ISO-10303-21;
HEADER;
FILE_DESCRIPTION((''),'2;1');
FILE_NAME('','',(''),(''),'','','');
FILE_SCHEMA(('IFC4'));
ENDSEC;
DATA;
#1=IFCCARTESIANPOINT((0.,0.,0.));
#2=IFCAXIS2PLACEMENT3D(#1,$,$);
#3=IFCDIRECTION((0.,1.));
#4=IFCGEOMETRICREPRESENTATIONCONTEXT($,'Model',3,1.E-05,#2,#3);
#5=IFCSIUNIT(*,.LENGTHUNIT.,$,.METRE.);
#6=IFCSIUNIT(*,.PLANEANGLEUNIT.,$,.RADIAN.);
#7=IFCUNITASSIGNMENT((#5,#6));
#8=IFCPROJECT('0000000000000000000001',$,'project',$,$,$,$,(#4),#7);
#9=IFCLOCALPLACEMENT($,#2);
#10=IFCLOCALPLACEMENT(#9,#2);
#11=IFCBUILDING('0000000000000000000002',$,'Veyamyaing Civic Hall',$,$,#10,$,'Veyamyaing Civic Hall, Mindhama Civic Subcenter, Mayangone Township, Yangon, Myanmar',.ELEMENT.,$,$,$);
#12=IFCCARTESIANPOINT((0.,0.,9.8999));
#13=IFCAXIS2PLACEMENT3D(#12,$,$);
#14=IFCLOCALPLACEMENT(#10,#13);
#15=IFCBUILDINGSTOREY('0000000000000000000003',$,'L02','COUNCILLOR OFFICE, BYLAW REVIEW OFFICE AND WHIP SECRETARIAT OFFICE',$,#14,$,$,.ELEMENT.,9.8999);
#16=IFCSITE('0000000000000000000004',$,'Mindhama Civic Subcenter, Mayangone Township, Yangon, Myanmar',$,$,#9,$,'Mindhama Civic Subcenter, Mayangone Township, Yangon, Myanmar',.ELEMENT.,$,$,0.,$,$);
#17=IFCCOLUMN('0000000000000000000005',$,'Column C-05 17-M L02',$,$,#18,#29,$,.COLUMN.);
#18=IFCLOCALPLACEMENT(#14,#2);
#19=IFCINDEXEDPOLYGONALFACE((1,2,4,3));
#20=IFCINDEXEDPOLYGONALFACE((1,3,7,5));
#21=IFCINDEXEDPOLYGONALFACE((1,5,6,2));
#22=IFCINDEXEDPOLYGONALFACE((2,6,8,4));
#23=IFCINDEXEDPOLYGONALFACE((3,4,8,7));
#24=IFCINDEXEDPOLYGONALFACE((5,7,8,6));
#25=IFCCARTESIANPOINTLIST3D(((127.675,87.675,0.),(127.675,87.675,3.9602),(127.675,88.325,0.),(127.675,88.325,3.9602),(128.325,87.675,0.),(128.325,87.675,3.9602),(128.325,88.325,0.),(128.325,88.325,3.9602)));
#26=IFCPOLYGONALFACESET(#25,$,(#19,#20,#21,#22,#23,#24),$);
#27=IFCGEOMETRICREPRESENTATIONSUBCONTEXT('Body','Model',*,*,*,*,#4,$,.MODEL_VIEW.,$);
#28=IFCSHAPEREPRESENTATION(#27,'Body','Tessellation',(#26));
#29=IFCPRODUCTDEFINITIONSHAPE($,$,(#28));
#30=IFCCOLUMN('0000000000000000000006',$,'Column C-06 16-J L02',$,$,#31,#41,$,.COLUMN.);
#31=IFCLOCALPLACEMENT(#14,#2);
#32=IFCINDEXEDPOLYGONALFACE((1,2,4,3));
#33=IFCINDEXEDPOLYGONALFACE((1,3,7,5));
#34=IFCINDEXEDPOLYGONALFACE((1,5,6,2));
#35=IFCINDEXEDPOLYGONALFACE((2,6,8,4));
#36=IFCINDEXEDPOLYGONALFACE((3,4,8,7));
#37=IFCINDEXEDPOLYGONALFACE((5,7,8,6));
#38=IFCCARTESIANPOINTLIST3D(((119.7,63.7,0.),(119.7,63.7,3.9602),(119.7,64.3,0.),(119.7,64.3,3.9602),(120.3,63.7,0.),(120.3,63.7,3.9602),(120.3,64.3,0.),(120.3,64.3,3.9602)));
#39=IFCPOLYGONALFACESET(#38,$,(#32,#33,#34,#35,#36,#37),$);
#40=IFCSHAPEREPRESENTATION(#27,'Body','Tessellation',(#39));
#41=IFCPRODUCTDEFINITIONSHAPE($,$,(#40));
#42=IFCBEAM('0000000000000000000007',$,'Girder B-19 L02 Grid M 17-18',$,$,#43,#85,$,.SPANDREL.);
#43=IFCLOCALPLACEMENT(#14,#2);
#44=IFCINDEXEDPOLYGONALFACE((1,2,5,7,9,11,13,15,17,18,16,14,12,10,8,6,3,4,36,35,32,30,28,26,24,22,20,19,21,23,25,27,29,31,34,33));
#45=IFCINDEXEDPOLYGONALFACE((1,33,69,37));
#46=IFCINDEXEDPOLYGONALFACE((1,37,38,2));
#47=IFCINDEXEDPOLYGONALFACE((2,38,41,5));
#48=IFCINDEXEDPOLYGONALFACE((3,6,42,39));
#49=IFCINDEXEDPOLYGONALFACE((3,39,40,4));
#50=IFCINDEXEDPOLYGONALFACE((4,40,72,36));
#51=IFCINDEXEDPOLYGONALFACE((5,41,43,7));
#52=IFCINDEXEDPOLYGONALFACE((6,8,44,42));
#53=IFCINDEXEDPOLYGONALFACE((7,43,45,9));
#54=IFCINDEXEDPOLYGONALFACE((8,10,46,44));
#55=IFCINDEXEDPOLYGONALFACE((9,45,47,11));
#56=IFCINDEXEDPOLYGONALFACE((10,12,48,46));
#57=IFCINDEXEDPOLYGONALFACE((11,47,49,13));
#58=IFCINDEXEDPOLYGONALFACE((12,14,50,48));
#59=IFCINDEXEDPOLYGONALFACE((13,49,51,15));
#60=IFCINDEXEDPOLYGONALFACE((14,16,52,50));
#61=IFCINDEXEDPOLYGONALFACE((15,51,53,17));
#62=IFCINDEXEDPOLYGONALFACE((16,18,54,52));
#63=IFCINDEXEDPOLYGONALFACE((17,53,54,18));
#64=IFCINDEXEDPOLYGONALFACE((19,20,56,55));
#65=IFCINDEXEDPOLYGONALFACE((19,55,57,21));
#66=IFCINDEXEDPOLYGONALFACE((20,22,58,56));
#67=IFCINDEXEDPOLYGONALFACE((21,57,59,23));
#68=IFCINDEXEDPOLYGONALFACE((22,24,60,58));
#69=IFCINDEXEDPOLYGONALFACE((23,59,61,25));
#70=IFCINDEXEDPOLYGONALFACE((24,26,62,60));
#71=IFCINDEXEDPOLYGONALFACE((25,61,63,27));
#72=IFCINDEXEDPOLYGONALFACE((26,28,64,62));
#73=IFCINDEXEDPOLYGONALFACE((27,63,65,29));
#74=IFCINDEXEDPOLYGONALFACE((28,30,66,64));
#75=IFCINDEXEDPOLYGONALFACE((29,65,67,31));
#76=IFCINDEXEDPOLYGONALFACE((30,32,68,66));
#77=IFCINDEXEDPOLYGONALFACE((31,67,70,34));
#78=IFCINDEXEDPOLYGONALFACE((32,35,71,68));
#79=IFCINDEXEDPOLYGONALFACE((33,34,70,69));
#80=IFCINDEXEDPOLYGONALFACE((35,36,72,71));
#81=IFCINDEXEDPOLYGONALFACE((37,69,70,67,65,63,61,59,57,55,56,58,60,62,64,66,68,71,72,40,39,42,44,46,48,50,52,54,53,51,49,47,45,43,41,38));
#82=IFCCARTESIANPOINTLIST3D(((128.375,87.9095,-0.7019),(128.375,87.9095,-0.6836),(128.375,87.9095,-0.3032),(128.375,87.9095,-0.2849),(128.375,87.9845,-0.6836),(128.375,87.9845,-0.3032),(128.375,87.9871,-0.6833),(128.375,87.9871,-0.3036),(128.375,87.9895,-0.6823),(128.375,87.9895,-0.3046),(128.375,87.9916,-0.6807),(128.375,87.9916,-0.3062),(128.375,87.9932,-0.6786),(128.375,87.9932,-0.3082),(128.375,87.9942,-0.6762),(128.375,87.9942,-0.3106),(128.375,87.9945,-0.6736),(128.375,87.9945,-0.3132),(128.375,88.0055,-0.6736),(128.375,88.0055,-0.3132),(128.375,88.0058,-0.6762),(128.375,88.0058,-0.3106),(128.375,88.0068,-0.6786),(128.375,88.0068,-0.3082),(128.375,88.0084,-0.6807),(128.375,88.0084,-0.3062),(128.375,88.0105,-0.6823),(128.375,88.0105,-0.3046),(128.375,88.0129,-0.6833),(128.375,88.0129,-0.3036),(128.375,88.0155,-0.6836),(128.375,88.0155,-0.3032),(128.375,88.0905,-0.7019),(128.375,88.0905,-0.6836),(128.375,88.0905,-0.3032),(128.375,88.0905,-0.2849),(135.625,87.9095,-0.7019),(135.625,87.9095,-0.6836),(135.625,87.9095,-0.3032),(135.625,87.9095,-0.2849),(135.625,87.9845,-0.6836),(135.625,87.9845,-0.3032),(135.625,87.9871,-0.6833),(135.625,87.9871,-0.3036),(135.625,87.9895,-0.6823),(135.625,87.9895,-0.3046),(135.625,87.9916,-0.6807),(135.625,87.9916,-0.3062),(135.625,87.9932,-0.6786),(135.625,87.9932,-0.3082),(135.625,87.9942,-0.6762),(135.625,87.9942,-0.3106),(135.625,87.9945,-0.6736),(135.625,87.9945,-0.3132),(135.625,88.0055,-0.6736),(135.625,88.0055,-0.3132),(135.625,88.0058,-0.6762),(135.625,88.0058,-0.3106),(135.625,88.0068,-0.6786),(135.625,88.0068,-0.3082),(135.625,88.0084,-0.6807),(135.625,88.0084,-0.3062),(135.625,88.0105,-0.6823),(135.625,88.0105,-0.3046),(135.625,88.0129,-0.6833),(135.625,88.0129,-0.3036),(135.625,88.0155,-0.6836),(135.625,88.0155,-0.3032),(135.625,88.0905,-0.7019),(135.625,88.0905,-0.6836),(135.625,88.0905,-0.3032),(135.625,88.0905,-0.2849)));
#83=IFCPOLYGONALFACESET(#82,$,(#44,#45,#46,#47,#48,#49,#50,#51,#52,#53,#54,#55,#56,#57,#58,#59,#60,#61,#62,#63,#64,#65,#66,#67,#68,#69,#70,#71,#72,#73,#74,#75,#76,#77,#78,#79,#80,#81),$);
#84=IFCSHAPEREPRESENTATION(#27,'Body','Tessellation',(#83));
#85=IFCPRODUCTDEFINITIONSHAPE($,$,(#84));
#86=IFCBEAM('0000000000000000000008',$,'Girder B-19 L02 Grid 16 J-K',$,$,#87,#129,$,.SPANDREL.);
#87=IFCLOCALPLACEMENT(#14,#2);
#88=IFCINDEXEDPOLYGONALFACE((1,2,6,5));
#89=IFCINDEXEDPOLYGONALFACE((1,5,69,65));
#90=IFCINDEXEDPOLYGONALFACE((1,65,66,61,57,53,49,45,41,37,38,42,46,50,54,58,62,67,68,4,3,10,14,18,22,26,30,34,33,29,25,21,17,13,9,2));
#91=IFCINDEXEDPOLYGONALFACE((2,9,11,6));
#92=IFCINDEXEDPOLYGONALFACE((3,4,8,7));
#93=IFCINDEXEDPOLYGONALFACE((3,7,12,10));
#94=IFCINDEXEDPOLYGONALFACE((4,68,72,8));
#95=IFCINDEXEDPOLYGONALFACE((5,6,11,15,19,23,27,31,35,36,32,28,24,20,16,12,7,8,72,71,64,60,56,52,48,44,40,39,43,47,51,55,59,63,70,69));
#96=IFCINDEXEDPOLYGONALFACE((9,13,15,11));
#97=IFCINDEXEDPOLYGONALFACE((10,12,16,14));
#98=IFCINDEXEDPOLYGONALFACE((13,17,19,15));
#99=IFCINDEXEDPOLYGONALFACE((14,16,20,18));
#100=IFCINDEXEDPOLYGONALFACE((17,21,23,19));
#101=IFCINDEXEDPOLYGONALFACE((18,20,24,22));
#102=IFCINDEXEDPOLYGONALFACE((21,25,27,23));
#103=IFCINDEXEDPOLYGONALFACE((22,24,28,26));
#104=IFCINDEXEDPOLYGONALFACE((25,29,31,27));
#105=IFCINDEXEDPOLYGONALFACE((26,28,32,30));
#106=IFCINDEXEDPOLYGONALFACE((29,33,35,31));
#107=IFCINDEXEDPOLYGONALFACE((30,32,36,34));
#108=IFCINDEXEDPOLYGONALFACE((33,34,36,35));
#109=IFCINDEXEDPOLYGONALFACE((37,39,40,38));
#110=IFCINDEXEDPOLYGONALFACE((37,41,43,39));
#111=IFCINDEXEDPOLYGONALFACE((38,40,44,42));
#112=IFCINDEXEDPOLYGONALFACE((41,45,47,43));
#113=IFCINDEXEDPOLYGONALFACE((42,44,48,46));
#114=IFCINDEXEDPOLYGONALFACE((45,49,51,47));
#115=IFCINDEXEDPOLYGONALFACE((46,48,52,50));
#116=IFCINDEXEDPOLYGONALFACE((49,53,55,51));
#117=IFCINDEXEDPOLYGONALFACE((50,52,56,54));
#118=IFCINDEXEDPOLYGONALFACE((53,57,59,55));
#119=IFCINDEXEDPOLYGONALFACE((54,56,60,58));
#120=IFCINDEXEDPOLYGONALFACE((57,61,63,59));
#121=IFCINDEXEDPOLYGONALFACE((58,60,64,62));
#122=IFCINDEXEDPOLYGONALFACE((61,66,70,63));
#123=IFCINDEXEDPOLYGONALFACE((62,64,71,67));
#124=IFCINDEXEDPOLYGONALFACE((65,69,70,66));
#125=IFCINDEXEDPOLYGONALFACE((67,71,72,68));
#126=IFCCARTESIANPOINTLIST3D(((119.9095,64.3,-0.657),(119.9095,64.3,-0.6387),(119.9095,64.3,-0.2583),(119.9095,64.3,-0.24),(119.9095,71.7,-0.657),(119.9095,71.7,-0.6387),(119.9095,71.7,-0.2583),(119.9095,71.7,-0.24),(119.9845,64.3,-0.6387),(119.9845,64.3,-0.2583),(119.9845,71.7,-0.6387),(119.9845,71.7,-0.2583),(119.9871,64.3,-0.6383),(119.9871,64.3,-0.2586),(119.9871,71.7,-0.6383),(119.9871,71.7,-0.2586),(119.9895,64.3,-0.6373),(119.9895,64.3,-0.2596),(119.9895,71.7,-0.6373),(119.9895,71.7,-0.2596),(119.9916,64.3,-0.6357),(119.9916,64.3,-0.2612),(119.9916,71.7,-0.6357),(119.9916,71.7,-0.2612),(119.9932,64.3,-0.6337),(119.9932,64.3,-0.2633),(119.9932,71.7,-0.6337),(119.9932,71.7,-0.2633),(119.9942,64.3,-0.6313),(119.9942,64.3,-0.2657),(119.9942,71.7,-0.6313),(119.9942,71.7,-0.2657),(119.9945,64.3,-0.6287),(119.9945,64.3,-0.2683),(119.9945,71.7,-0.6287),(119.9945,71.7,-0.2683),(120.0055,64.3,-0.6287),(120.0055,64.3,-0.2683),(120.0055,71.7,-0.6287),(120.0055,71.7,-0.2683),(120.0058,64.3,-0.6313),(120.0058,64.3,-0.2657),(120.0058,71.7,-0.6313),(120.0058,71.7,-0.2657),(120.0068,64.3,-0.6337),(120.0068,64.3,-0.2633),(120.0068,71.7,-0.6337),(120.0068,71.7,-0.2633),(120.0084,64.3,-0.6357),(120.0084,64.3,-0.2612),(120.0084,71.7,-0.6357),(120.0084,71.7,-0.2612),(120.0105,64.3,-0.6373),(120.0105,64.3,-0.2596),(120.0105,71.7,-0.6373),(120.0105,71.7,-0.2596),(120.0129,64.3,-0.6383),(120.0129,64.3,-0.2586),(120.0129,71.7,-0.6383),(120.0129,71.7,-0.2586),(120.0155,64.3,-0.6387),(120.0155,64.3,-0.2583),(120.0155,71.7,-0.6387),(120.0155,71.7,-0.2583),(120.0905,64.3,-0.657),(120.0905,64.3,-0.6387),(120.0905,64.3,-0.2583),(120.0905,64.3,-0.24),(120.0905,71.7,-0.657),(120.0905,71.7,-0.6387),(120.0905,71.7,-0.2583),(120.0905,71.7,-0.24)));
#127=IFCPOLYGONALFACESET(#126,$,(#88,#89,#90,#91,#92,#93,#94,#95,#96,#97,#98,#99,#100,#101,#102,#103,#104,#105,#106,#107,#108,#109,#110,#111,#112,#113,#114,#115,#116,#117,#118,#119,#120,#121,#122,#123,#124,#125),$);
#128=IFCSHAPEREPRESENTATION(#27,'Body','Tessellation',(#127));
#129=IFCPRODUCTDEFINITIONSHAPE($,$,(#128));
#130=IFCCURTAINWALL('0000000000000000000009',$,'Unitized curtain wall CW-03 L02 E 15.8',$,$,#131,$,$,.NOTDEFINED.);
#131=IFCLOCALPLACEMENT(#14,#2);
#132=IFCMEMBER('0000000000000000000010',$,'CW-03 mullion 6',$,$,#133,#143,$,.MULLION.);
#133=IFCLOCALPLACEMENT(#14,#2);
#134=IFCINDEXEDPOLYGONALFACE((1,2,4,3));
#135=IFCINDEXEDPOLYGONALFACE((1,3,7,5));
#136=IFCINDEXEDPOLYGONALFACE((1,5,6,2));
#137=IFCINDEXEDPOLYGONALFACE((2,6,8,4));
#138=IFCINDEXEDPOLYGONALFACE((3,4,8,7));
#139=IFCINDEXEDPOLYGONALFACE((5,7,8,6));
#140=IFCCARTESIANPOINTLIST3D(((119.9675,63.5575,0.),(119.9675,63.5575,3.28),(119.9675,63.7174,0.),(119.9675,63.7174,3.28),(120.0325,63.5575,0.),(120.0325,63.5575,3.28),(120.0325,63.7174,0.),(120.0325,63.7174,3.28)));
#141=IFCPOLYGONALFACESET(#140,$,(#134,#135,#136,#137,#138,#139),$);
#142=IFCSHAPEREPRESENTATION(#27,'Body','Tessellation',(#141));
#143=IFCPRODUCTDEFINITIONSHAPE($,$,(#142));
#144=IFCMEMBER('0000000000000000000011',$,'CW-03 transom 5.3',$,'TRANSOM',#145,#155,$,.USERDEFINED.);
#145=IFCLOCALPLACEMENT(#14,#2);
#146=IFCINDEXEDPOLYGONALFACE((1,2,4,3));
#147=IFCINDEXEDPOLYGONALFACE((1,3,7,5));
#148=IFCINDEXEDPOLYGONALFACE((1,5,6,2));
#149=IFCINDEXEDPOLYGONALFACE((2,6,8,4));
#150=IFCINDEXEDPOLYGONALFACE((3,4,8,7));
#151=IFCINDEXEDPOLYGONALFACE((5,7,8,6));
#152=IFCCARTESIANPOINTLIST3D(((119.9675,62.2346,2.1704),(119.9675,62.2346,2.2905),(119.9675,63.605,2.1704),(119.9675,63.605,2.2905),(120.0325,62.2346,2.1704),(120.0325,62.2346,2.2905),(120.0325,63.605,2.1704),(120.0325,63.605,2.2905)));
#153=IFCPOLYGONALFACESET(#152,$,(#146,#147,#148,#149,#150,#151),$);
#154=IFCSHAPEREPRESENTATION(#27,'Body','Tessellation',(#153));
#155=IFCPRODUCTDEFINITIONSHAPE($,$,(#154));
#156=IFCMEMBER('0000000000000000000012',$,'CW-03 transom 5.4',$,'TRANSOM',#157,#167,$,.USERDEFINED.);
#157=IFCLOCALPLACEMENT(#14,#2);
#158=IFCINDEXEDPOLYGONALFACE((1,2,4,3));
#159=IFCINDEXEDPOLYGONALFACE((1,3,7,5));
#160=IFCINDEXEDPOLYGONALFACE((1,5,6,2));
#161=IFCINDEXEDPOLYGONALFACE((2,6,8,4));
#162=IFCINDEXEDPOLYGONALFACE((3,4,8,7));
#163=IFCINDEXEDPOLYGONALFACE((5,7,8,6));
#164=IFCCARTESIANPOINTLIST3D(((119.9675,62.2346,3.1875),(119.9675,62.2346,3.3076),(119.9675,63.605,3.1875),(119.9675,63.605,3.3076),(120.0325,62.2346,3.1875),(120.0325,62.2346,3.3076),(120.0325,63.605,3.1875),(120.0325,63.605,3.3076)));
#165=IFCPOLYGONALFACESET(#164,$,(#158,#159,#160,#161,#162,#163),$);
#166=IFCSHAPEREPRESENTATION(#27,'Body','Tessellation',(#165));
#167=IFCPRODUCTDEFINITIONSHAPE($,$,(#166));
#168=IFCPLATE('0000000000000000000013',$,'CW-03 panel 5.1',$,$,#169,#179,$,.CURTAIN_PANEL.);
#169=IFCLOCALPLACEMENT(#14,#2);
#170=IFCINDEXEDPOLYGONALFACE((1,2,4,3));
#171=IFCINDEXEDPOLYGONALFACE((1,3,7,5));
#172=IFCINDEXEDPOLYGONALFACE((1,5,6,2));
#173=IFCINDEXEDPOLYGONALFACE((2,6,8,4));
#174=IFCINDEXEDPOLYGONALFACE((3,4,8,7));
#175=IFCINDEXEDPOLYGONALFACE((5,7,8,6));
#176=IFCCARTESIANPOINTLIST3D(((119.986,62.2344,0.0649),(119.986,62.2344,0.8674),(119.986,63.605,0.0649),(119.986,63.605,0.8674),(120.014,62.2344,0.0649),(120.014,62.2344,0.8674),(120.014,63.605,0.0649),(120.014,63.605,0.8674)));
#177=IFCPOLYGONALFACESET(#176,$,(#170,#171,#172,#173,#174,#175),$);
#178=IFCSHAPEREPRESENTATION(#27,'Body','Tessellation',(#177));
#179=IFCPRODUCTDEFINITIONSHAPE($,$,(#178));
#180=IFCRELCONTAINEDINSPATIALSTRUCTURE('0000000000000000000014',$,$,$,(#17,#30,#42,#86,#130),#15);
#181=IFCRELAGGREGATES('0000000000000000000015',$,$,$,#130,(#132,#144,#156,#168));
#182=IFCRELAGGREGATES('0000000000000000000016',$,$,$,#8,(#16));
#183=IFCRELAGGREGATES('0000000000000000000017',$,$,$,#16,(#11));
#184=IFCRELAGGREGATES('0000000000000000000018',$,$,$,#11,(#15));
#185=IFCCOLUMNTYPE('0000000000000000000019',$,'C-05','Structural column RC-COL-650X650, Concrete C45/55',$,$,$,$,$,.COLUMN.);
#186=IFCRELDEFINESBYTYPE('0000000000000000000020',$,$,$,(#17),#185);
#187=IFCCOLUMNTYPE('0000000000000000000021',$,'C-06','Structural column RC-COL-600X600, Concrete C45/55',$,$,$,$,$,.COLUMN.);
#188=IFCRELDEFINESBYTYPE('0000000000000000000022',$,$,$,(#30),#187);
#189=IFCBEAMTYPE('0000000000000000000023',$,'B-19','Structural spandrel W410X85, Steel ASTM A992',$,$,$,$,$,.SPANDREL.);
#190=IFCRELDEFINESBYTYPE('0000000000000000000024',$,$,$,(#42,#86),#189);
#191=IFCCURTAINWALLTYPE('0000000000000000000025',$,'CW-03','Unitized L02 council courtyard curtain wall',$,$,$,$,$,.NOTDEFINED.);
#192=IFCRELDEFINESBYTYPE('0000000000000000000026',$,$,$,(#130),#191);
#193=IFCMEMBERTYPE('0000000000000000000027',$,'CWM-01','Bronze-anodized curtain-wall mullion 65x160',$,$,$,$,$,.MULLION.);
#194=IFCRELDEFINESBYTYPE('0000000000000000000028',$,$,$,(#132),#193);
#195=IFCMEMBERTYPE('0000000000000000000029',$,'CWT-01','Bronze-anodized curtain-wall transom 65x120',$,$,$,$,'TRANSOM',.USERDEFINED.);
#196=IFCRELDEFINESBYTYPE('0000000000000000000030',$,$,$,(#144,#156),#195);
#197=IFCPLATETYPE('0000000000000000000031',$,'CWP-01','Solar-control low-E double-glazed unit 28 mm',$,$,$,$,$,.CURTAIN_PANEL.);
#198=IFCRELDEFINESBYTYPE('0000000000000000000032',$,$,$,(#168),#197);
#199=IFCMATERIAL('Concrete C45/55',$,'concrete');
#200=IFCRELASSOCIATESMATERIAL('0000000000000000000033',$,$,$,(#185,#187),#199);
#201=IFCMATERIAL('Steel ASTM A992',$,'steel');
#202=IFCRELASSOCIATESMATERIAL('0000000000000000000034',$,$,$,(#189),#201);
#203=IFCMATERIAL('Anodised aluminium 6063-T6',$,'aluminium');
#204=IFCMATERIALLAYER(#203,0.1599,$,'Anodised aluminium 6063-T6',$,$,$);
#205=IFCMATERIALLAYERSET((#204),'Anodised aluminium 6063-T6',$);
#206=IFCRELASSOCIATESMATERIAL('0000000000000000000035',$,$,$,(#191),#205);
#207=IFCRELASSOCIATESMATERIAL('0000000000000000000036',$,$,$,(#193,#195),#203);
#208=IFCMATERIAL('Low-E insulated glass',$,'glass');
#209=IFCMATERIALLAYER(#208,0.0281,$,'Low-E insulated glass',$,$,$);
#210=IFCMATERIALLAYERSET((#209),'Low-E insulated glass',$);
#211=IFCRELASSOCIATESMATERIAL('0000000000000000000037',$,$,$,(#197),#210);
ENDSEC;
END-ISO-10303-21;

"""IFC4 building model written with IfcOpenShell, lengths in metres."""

from ifc_helpers import new_model, si_unit, direction, frame, origin, origin_2d, place, context, subcontext, project, spatial, rectangle, i_section, extrude, material, layer, layer_set, material_profile, profile_set, type_object, element, aggregate, save


model = new_model("IFC4")

# Units and contexts
model_context = context("Model", 3, precision=1e-05, world=origin(), true_north=direction((0.0, 1.0)))
body_context = subcontext(model_context, "Body", "Model", "MODEL_VIEW")
ifc_project = project(units=[si_unit("LENGTHUNIT", "METRE"), si_unit("PLANEANGLEUNIT", "RADIAN")], contexts=[model_context])

# Site, building, storey
site_placement = place(None, origin())
site = spatial("IfcSite", under=ifc_project, at=site_placement, Name="Mindhama Civic Subcenter, Mayangone Township, Yangon, Myanmar", LongName="Mindhama Civic Subcenter, Mayangone Township, Yangon, Myanmar", CompositionType="ELEMENT", RefElevation=0.0)
building_placement = place(site_placement, origin())
building = spatial("IfcBuilding", under=site, at=building_placement, Name="Veyamyaing Civic Hall", LongName="Veyamyaing Civic Hall, Mindhama Civic Subcenter, Mayangone Township, Yangon, Myanmar", CompositionType="ELEMENT")
storey_placement = place(building_placement, frame((0.0, 0.0, 9.8999)))
storey = spatial("IfcBuildingStorey", under=building, at=storey_placement, Name="L02", Description="COUNCILLOR OFFICE, BYLAW REVIEW OFFICE AND WHIP SECRETARIAT OFFICE", CompositionType="ELEMENT", Elevation=9.8999)

# Columns
ifc_material_1 = material(Name="Concrete C45/55", Category="concrete")
ifc_material_profile_1 = material_profile(ifc_material_1, rectangle(XDim=0.6499, YDim=0.6499, at=origin_2d()), Name="RC-COL-650X650")
ifc_profile_set_1 = profile_set([ifc_material_profile_1], Name="Concrete C45/55")
column_type_1 = type_object("IfcColumnType", Name="C-05", Description="Structural column RC-COL-650X650, Concrete C45/55", PredefinedType="COLUMN", material=ifc_profile_set_1)
column_1_placement = place(storey_placement, frame((128.0, 88.0, 0.0), z_axis=(0.0, 0.0, 1.0), x_axis=(1.0, 0.0, 0.0)))
element("IfcColumn", 1, at=column_1_placement, inside=storey, type_object=column_type_1, Name="Column C-05 17-M L02", PredefinedType="COLUMN", context=body_context, shape_type="SweptSolid", body=[
    extrude(rectangle(XDim=0.6499, YDim=0.6499, at=origin_2d()), origin(), (0.0, 0.0, 1.0), 3.9602),
])
ifc_material_profile_2 = material_profile(ifc_material_1, rectangle(XDim=0.6001, YDim=0.6001, at=origin_2d()), Name="RC-COL-600X600")
ifc_profile_set_2 = profile_set([ifc_material_profile_2], Name="Concrete C45/55")
column_type_2 = type_object("IfcColumnType", Name="C-06", Description="Structural column RC-COL-600X600, Concrete C45/55", PredefinedType="COLUMN", material=ifc_profile_set_2)
column_2_placement = place(storey_placement, frame((120.0, 64.0, 0.0), z_axis=(0.0, 0.0, 1.0), x_axis=(1.0, 0.0, 0.0)))
element("IfcColumn", 2, at=column_2_placement, inside=storey, type_object=column_type_2, Name="Column C-06 16-J L02", PredefinedType="COLUMN", context=body_context, shape_type="SweptSolid", body=[
    extrude(rectangle(XDim=0.6001, YDim=0.6001, at=origin_2d()), origin(), (0.0, 0.0, 1.0), 3.9602),
])

# Beams
ifc_material_2 = material(Name="Steel ASTM A992", Category="steel")
ifc_material_profile_3 = material_profile(ifc_material_2, i_section(OverallWidth=0.1809, OverallDepth=0.417, WebThickness=0.011, FlangeThickness=0.0183, FilletRadius=0.01, at=origin_2d()), Name="W410X85")
ifc_profile_set_3 = profile_set([ifc_material_profile_3], Name="Steel ASTM A992")
beam_type = type_object("IfcBeamType", Name="B-19", Description="Structural spandrel W410X85, Steel ASTM A992", PredefinedType="SPANDREL", material=ifc_profile_set_3)
beam_1_placement = place(storey_placement, frame((128.375, 88.0, -0.4934), z_axis=(1.0, 0.0, 0.0), x_axis=(0.0, 1.0, 0.0)))
element("IfcBeam", 3, at=beam_1_placement, inside=storey, type_object=beam_type, Name="Girder B-19 L02 Grid M 17-18", PredefinedType="SPANDREL", context=body_context, shape_type="SweptSolid", body=[
    extrude(i_section(OverallWidth=0.1809, OverallDepth=0.417, WebThickness=0.011, FlangeThickness=0.0183, FilletRadius=0.01, at=origin_2d()), origin(), (0.0, 0.0, 1.0), 7.25),
])
beam_2_placement = place(storey_placement, frame((120.0, 64.3, -0.4485), z_axis=(0.0, 1.0, 0.0), x_axis=(-1.0, 0.0, 0.0)))
element("IfcBeam", 4, at=beam_2_placement, inside=storey, type_object=beam_type, Name="Girder B-19 L02 Grid 16 J-K", PredefinedType="SPANDREL", context=body_context, shape_type="SweptSolid", body=[
    extrude(i_section(OverallWidth=0.1809, OverallDepth=0.417, WebThickness=0.011, FlangeThickness=0.0183, FilletRadius=0.01, at=origin_2d()), origin(), (0.0, 0.0, 1.0), 7.3999),
])

# Curtain wall, members, plate
ifc_material_3 = material(Name="Anodised aluminium 6063-T6", Category="aluminium")
ifc_layer_1 = layer(ifc_material_3, 0.1599, Name="Anodised aluminium 6063-T6")
ifc_layer_set_1 = layer_set([ifc_layer_1], Name="Anodised aluminium 6063-T6")
curtain_wall_type = type_object("IfcCurtainWallType", Name="CW-03", Description="Unitized L02 council courtyard curtain wall", PredefinedType="NOTDEFINED", material=ifc_layer_set_1)
curtain_wall_placement = place(storey_placement, origin())
curtain_wall = element("IfcCurtainWall", 5, at=curtain_wall_placement, inside=storey, type_object=curtain_wall_type, Name="Unitized curtain wall CW-03 L02 E 15.8", PredefinedType="NOTDEFINED")
ifc_material_profile_4 = material_profile(ifc_material_3, rectangle(XDim=0.0649, YDim=0.1599, at=origin_2d()), Name="ALU-MUL-65X160")
ifc_profile_set_4 = profile_set([ifc_material_profile_4], Name="Anodised aluminium 6063-T6")
member_type_1 = type_object("IfcMemberType", Name="CWM-01", Description="Bronze-anodized curtain-wall mullion 65x160", PredefinedType="MULLION", material=ifc_profile_set_4)
member_1_placement = place(storey_placement, frame((120.0, 63.6375, 0.0), z_axis=(0.0, 0.0, 1.0), x_axis=(-1.0, 0.0, 0.0)))
member_1 = element("IfcMember", 6, at=member_1_placement, type_object=member_type_1, Name="CW-03 mullion 6", PredefinedType="MULLION", context=body_context, shape_type="SweptSolid", body=[
    extrude(rectangle(XDim=0.0649, YDim=0.1599, at=origin_2d()), origin(), (0.0, 0.0, 1.0), 3.28),
])
ifc_material_profile_5 = material_profile(ifc_material_3, rectangle(XDim=0.0649, YDim=0.1201, at=origin_2d()), Name="ALU-TRN-65X120")
ifc_profile_set_5 = profile_set([ifc_material_profile_5], Name="Anodised aluminium 6063-T6")
member_type_2 = type_object("IfcMemberType", Name="CWT-01", Description="Bronze-anodized curtain-wall transom 65x120", ElementType="TRANSOM", PredefinedType="USERDEFINED", material=ifc_profile_set_5)
member_2_placement = place(storey_placement, frame((120.0, 62.2346, 2.2305), z_axis=(0.0, 1.0, 0.0), x_axis=(-1.0, 0.0, 0.0)))
member_2 = element("IfcMember", 7, at=member_2_placement, type_object=member_type_2, Name="CW-03 transom 5.3", ObjectType="TRANSOM", PredefinedType="USERDEFINED", context=body_context, shape_type="SweptSolid", body=[
    extrude(rectangle(XDim=0.0649, YDim=0.1201, at=origin_2d()), origin(), (0.0, 0.0, 1.0), 1.3704),
])
member_3_placement = place(storey_placement, frame((120.0, 62.2346, 3.2476), z_axis=(0.0, 1.0, 0.0), x_axis=(-1.0, 0.0, 0.0)))
member_3 = element("IfcMember", 8, at=member_3_placement, type_object=member_type_2, Name="CW-03 transom 5.4", ObjectType="TRANSOM", PredefinedType="USERDEFINED", context=body_context, shape_type="SweptSolid", body=[
    extrude(rectangle(XDim=0.0649, YDim=0.1201, at=origin_2d()), origin(), (0.0, 0.0, 1.0), 1.3704),
])
ifc_material_4 = material(Name="Low-E insulated glass", Category="glass")
ifc_layer_2 = layer(ifc_material_4, 0.0281, Name="Low-E insulated glass")
ifc_layer_set_2 = layer_set([ifc_layer_2], Name="Low-E insulated glass")
plate_type = type_object("IfcPlateType", Name="CWP-01", Description="Solar-control low-E double-glazed unit 28 mm", PredefinedType="CURTAIN_PANEL", material=ifc_layer_set_2)
plate_1_placement = place(storey_placement, frame((120.0, 62.9197, 0.0649), z_axis=(0.0, 0.0, 1.0), x_axis=(0.0, 1.0, 0.0)))
plate_1 = element("IfcPlate", 9, at=plate_1_placement, type_object=plate_type, Name="CW-03 panel 5.1", PredefinedType="CURTAIN_PANEL", context=body_context, shape_type="SweptSolid", body=[
    extrude(rectangle(XDim=1.3706, YDim=0.0281, at=origin_2d()), origin(), (0.0, 0.0, 1.0), 0.8025),
])
aggregate(curtain_wall, [member_1, member_2, member_3, plate_1])

save(model, "model.ifc")
